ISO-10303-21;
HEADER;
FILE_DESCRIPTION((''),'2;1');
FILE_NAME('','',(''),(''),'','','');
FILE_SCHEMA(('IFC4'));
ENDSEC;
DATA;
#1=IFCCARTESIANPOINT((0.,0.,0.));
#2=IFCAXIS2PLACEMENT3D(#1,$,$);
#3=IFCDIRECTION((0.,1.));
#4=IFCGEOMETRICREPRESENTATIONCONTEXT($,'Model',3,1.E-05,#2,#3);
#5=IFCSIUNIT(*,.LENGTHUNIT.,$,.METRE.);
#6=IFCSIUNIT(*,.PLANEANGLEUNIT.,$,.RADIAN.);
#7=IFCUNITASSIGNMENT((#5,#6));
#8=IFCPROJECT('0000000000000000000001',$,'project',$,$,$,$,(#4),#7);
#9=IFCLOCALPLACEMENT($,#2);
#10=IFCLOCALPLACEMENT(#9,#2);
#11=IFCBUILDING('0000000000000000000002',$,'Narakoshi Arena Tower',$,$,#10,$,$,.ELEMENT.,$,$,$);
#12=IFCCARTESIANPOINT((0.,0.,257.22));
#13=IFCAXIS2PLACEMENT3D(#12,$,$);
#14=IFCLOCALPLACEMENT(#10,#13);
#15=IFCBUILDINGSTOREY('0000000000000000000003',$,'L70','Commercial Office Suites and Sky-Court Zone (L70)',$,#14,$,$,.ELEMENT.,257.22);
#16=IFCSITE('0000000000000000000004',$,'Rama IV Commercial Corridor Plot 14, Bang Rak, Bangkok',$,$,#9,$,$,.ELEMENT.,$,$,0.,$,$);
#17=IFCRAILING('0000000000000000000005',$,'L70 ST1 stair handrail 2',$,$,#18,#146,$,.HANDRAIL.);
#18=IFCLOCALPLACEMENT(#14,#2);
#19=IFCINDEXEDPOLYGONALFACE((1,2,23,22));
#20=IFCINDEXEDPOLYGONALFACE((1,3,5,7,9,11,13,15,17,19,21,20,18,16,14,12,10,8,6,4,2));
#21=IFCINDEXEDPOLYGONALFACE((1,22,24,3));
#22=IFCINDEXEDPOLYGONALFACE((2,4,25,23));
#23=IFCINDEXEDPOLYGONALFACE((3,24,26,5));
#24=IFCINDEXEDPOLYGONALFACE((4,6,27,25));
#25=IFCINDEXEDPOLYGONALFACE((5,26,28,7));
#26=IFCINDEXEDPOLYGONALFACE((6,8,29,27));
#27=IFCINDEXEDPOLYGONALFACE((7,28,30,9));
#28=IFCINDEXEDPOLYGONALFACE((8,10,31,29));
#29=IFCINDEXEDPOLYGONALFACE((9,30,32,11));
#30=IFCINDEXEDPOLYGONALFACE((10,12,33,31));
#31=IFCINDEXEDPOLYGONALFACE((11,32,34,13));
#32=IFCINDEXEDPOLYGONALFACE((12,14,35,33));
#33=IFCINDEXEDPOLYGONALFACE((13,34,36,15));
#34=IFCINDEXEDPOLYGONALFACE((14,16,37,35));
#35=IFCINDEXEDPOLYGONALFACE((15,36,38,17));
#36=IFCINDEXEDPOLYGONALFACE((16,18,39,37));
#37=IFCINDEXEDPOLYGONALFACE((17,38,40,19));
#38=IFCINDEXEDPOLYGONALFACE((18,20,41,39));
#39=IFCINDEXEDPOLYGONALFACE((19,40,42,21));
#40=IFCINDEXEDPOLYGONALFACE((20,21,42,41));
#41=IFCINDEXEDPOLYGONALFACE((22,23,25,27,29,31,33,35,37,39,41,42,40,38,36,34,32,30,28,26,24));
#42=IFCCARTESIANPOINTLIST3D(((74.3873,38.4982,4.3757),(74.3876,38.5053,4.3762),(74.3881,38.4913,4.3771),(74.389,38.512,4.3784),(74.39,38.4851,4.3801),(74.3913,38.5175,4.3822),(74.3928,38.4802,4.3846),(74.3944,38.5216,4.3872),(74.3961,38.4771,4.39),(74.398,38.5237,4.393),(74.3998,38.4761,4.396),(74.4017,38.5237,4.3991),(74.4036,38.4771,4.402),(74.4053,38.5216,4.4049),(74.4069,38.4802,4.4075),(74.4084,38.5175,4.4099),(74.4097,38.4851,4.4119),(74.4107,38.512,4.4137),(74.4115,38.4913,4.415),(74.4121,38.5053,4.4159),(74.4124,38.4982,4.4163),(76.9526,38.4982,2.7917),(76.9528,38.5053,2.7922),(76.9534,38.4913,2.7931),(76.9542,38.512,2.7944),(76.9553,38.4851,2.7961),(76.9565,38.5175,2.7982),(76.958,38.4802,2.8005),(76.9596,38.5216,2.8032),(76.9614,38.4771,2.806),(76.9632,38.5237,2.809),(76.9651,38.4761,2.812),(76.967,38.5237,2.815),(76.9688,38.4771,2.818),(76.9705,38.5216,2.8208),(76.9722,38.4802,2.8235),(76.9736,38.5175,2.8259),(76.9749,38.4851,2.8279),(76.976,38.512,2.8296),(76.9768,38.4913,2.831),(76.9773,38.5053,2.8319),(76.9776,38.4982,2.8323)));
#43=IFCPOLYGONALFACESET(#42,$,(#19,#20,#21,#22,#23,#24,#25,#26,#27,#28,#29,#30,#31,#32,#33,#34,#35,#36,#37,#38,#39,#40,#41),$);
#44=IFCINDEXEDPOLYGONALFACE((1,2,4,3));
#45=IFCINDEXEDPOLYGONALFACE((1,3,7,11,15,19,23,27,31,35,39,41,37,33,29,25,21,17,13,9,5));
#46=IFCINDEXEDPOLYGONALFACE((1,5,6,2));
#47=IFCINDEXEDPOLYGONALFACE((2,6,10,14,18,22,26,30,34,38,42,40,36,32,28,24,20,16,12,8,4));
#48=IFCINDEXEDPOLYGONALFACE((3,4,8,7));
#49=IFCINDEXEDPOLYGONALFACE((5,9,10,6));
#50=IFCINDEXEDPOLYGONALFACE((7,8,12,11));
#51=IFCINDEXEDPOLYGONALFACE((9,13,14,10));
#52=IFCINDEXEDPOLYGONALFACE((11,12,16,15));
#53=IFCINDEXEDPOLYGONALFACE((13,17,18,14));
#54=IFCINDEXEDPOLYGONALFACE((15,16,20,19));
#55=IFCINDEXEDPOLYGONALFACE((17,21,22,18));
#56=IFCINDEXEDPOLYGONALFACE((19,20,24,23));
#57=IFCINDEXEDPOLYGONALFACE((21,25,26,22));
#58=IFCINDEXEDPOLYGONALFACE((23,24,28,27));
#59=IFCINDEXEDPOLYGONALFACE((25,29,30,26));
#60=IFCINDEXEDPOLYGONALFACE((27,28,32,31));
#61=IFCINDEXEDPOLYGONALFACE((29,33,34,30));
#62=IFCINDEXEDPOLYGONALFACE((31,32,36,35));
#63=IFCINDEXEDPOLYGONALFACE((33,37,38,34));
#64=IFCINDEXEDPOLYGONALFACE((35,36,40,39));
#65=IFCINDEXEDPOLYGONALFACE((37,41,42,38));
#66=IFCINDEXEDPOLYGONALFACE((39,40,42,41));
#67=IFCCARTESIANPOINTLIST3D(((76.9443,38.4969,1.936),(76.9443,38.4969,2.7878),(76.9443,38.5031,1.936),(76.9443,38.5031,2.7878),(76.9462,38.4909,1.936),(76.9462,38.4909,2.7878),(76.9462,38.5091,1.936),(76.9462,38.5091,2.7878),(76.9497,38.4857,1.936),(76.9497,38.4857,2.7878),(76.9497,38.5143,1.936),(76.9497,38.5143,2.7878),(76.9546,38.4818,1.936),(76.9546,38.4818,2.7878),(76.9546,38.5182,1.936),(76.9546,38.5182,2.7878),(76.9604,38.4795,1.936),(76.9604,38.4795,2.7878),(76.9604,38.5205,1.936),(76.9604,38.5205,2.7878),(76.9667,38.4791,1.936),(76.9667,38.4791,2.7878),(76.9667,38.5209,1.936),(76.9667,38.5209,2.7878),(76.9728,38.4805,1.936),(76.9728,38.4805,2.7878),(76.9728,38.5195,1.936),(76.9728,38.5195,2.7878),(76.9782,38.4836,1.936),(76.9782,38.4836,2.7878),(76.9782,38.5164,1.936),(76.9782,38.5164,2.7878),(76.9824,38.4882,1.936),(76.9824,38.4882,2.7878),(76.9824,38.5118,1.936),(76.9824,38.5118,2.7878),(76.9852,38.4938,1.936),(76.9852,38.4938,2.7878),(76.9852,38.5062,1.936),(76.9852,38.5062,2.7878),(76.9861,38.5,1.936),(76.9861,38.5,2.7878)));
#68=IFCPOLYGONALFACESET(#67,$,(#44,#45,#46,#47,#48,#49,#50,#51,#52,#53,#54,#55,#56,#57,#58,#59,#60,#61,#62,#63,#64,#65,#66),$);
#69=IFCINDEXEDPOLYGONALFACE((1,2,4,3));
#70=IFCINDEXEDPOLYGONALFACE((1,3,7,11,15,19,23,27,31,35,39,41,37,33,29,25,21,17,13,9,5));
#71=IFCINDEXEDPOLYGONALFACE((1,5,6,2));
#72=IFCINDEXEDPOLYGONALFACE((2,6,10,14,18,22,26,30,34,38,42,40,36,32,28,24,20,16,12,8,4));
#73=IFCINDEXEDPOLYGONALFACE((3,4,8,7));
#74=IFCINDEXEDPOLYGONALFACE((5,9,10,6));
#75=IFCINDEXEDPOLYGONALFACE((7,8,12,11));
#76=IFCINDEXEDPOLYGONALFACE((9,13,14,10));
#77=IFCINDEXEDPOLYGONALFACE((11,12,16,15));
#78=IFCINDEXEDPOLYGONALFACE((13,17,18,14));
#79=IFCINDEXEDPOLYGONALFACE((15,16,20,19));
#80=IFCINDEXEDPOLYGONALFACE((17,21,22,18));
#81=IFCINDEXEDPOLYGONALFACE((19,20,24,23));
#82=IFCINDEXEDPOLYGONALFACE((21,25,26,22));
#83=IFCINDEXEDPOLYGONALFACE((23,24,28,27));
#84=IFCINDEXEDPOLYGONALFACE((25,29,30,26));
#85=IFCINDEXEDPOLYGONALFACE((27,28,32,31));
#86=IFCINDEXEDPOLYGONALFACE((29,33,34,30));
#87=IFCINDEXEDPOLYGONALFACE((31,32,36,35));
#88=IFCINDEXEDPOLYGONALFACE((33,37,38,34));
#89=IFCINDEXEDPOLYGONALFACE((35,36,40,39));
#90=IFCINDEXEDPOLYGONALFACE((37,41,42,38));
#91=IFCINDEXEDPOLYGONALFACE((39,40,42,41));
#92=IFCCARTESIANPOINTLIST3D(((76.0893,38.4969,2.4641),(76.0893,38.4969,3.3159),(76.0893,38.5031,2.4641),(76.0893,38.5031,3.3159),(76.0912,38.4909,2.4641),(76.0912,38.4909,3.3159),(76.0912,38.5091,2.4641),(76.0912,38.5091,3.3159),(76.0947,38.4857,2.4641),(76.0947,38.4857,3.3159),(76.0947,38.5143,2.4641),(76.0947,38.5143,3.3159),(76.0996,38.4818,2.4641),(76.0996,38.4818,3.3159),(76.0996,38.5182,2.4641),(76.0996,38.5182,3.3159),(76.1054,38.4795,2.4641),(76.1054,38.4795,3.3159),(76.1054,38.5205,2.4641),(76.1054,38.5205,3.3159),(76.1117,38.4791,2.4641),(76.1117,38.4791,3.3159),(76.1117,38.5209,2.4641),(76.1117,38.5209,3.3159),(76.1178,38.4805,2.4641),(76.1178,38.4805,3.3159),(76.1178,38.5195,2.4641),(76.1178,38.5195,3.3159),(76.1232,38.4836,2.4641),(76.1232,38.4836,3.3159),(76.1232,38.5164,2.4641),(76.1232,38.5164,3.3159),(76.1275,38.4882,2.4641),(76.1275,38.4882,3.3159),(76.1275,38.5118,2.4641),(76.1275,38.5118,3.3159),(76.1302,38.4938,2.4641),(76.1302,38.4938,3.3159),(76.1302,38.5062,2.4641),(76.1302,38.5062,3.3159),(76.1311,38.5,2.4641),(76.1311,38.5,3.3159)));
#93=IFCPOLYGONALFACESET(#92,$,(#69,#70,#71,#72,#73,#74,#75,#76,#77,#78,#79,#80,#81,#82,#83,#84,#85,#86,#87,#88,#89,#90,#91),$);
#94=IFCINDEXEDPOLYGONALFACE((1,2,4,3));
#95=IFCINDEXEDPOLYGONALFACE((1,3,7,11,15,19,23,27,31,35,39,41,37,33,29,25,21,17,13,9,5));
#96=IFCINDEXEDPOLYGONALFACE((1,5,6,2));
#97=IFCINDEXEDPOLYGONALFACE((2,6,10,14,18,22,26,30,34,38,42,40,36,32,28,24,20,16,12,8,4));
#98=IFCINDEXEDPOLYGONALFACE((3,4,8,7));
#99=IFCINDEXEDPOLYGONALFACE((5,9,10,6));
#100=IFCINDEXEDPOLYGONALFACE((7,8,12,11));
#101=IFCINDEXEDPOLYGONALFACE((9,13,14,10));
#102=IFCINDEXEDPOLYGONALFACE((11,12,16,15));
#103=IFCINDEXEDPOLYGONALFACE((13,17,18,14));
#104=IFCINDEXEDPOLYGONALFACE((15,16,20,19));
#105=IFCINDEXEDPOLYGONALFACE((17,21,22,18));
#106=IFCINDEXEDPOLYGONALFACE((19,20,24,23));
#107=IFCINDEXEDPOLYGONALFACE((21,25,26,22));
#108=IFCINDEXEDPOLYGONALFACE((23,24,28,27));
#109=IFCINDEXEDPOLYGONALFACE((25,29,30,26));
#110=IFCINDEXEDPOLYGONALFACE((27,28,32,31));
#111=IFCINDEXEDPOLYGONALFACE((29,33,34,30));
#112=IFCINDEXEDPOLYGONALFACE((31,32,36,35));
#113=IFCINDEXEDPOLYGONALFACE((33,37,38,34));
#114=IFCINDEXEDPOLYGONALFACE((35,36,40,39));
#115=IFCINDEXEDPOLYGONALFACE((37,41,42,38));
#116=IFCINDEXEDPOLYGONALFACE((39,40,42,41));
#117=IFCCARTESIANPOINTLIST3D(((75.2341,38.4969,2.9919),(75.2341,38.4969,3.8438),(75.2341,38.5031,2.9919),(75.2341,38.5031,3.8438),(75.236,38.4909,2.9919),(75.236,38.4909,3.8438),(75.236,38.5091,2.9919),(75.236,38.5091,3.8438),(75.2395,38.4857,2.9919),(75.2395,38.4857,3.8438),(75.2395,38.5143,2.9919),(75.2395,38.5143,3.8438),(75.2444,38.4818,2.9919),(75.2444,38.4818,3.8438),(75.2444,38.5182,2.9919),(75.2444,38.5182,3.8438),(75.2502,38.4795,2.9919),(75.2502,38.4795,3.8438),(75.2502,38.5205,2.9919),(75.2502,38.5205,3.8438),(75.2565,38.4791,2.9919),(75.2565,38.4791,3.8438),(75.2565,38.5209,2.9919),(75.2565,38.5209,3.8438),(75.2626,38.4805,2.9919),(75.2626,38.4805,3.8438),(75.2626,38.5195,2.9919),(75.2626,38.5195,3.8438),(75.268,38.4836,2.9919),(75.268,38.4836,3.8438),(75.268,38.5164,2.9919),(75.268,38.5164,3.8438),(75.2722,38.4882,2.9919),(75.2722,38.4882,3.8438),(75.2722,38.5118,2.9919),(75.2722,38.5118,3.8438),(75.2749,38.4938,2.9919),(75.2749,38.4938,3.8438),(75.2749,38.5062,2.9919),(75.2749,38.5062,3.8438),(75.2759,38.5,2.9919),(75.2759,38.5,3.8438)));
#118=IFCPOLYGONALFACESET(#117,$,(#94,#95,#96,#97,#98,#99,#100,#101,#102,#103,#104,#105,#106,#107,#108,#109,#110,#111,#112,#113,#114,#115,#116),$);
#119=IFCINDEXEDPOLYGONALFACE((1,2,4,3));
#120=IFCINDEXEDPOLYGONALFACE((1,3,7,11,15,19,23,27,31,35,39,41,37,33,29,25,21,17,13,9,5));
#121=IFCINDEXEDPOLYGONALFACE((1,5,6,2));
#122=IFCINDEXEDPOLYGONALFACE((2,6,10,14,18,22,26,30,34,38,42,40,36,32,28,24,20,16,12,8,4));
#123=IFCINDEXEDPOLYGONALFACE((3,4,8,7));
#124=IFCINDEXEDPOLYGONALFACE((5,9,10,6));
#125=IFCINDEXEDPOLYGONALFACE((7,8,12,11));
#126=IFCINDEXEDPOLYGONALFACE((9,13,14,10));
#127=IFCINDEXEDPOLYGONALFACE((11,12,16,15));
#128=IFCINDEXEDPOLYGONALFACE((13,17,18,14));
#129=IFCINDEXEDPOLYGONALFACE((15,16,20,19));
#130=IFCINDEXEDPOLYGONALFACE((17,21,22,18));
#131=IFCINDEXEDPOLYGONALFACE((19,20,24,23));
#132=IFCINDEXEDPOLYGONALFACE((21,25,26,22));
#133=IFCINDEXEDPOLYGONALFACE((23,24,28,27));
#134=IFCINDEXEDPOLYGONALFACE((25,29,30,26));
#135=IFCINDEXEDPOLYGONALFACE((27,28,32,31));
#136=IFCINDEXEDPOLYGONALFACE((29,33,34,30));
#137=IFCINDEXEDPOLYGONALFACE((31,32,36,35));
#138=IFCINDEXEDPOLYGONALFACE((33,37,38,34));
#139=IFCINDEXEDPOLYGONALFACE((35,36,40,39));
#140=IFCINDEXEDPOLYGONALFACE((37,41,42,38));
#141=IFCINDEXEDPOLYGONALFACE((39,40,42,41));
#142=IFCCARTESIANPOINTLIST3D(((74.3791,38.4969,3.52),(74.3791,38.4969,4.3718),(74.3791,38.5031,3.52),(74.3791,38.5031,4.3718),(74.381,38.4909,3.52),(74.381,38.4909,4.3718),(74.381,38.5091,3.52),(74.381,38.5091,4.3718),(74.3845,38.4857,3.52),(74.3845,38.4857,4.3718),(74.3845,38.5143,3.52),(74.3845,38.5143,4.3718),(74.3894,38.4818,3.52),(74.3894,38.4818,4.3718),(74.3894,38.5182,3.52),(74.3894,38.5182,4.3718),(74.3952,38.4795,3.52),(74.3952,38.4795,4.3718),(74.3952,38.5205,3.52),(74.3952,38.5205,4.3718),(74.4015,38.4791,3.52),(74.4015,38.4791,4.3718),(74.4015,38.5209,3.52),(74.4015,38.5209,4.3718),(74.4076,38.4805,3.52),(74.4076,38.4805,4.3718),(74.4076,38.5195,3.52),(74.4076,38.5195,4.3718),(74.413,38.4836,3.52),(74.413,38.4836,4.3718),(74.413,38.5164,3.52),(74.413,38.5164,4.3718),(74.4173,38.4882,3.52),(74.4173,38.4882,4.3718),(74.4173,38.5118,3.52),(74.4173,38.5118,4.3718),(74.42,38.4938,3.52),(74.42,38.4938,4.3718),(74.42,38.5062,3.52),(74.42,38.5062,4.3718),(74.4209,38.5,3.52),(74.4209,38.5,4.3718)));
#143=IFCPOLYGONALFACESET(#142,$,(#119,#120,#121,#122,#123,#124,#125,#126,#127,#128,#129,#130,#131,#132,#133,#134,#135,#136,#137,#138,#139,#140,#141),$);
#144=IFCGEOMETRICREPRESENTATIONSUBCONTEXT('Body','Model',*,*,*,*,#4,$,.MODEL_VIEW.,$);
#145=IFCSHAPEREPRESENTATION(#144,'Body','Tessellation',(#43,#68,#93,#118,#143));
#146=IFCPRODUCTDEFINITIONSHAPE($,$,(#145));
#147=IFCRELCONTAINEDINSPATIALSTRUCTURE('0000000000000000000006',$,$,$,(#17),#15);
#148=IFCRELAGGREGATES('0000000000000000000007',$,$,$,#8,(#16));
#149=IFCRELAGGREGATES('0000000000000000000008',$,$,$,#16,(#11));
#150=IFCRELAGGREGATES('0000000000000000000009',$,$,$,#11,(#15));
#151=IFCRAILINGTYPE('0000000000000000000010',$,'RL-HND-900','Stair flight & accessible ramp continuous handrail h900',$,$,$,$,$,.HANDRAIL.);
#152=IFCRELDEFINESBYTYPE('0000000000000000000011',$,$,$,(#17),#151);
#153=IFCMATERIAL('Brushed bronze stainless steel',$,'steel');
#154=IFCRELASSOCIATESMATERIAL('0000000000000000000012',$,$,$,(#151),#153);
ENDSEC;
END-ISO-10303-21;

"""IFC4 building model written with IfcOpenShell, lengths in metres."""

from ifc_helpers import new_model, si_unit, direction, frame, origin, origin_2d, place, context, subcontext, project, spatial, circle, extrude, material, type_object, element, save


model = new_model("IFC4")

# Units and contexts
model_context = context("Model", 3, precision=1e-05, world=origin(), true_north=direction((0.0, 1.0)))
body_context = subcontext(model_context, "Body", "Model", "MODEL_VIEW")
ifc_project = project(units=[si_unit("LENGTHUNIT", "METRE"), si_unit("PLANEANGLEUNIT", "RADIAN")], contexts=[model_context])

# Site, building, storey
site_placement = place(None, origin())
site = spatial("IfcSite", under=ifc_project, at=site_placement, Name="Rama IV Commercial Corridor Plot 14, Bang Rak, Bangkok", CompositionType="ELEMENT", RefElevation=0.0)
building_placement = place(site_placement, origin())
building = spatial("IfcBuilding", under=site, at=building_placement, Name="Narakoshi Arena Tower", CompositionType="ELEMENT")
storey_placement = place(building_placement, frame((0.0, 0.0, 257.22)))
storey = spatial("IfcBuildingStorey", under=building, at=storey_placement, Name="L70", Description="Commercial Office Suites and Sky-Court Zone (L70)", CompositionType="ELEMENT", Elevation=257.22)

# Railing
ifc_material_1 = material(Name="Brushed bronze stainless steel", Category="steel")
railing_type_1 = type_object("IfcRailingType", Name="RL-HND-900", Description="Stair flight & accessible ramp continuous handrail h900", PredefinedType="HANDRAIL", material=ifc_material_1)
railing_1_placement = place(storey_placement, frame((76.9651, 38.5, 1.936)))
element("IfcRailing", 1, at=railing_1_placement, inside=storey, type_object=railing_type_1, Name="L70 ST1 stair handrail 2", PredefinedType="HANDRAIL", context=body_context, shape_type="SweptSolid", body=[
    extrude(circle(Radius=0.0239, at=origin_2d()), frame((0.0, 0.0, 0.876), z_axis=(-0.850857, 0.0, 0.525398), x_axis=(0.0, -1.0, 0.0)), (0.0, 0.0, 1.0), 3.0149),
    extrude(circle(Radius=0.021, at=origin_2d()), origin(), (0.0, 0.0, 1.0), 0.8518),
    extrude(circle(Radius=0.021, at=origin_2d()), frame((-0.855, 0.0, 0.5281)), (0.0, 0.0, 1.0), 0.8518),
    extrude(circle(Radius=0.021, at=origin_2d()), frame((-1.7102, 0.0, 1.0559)), (0.0, 0.0, 1.0), 0.8518),
    extrude(circle(Radius=0.021, at=origin_2d()), frame((-2.5652, 0.0, 1.584)), (0.0, 0.0, 1.0), 0.8518),
])

save(model, "model.ifc")
